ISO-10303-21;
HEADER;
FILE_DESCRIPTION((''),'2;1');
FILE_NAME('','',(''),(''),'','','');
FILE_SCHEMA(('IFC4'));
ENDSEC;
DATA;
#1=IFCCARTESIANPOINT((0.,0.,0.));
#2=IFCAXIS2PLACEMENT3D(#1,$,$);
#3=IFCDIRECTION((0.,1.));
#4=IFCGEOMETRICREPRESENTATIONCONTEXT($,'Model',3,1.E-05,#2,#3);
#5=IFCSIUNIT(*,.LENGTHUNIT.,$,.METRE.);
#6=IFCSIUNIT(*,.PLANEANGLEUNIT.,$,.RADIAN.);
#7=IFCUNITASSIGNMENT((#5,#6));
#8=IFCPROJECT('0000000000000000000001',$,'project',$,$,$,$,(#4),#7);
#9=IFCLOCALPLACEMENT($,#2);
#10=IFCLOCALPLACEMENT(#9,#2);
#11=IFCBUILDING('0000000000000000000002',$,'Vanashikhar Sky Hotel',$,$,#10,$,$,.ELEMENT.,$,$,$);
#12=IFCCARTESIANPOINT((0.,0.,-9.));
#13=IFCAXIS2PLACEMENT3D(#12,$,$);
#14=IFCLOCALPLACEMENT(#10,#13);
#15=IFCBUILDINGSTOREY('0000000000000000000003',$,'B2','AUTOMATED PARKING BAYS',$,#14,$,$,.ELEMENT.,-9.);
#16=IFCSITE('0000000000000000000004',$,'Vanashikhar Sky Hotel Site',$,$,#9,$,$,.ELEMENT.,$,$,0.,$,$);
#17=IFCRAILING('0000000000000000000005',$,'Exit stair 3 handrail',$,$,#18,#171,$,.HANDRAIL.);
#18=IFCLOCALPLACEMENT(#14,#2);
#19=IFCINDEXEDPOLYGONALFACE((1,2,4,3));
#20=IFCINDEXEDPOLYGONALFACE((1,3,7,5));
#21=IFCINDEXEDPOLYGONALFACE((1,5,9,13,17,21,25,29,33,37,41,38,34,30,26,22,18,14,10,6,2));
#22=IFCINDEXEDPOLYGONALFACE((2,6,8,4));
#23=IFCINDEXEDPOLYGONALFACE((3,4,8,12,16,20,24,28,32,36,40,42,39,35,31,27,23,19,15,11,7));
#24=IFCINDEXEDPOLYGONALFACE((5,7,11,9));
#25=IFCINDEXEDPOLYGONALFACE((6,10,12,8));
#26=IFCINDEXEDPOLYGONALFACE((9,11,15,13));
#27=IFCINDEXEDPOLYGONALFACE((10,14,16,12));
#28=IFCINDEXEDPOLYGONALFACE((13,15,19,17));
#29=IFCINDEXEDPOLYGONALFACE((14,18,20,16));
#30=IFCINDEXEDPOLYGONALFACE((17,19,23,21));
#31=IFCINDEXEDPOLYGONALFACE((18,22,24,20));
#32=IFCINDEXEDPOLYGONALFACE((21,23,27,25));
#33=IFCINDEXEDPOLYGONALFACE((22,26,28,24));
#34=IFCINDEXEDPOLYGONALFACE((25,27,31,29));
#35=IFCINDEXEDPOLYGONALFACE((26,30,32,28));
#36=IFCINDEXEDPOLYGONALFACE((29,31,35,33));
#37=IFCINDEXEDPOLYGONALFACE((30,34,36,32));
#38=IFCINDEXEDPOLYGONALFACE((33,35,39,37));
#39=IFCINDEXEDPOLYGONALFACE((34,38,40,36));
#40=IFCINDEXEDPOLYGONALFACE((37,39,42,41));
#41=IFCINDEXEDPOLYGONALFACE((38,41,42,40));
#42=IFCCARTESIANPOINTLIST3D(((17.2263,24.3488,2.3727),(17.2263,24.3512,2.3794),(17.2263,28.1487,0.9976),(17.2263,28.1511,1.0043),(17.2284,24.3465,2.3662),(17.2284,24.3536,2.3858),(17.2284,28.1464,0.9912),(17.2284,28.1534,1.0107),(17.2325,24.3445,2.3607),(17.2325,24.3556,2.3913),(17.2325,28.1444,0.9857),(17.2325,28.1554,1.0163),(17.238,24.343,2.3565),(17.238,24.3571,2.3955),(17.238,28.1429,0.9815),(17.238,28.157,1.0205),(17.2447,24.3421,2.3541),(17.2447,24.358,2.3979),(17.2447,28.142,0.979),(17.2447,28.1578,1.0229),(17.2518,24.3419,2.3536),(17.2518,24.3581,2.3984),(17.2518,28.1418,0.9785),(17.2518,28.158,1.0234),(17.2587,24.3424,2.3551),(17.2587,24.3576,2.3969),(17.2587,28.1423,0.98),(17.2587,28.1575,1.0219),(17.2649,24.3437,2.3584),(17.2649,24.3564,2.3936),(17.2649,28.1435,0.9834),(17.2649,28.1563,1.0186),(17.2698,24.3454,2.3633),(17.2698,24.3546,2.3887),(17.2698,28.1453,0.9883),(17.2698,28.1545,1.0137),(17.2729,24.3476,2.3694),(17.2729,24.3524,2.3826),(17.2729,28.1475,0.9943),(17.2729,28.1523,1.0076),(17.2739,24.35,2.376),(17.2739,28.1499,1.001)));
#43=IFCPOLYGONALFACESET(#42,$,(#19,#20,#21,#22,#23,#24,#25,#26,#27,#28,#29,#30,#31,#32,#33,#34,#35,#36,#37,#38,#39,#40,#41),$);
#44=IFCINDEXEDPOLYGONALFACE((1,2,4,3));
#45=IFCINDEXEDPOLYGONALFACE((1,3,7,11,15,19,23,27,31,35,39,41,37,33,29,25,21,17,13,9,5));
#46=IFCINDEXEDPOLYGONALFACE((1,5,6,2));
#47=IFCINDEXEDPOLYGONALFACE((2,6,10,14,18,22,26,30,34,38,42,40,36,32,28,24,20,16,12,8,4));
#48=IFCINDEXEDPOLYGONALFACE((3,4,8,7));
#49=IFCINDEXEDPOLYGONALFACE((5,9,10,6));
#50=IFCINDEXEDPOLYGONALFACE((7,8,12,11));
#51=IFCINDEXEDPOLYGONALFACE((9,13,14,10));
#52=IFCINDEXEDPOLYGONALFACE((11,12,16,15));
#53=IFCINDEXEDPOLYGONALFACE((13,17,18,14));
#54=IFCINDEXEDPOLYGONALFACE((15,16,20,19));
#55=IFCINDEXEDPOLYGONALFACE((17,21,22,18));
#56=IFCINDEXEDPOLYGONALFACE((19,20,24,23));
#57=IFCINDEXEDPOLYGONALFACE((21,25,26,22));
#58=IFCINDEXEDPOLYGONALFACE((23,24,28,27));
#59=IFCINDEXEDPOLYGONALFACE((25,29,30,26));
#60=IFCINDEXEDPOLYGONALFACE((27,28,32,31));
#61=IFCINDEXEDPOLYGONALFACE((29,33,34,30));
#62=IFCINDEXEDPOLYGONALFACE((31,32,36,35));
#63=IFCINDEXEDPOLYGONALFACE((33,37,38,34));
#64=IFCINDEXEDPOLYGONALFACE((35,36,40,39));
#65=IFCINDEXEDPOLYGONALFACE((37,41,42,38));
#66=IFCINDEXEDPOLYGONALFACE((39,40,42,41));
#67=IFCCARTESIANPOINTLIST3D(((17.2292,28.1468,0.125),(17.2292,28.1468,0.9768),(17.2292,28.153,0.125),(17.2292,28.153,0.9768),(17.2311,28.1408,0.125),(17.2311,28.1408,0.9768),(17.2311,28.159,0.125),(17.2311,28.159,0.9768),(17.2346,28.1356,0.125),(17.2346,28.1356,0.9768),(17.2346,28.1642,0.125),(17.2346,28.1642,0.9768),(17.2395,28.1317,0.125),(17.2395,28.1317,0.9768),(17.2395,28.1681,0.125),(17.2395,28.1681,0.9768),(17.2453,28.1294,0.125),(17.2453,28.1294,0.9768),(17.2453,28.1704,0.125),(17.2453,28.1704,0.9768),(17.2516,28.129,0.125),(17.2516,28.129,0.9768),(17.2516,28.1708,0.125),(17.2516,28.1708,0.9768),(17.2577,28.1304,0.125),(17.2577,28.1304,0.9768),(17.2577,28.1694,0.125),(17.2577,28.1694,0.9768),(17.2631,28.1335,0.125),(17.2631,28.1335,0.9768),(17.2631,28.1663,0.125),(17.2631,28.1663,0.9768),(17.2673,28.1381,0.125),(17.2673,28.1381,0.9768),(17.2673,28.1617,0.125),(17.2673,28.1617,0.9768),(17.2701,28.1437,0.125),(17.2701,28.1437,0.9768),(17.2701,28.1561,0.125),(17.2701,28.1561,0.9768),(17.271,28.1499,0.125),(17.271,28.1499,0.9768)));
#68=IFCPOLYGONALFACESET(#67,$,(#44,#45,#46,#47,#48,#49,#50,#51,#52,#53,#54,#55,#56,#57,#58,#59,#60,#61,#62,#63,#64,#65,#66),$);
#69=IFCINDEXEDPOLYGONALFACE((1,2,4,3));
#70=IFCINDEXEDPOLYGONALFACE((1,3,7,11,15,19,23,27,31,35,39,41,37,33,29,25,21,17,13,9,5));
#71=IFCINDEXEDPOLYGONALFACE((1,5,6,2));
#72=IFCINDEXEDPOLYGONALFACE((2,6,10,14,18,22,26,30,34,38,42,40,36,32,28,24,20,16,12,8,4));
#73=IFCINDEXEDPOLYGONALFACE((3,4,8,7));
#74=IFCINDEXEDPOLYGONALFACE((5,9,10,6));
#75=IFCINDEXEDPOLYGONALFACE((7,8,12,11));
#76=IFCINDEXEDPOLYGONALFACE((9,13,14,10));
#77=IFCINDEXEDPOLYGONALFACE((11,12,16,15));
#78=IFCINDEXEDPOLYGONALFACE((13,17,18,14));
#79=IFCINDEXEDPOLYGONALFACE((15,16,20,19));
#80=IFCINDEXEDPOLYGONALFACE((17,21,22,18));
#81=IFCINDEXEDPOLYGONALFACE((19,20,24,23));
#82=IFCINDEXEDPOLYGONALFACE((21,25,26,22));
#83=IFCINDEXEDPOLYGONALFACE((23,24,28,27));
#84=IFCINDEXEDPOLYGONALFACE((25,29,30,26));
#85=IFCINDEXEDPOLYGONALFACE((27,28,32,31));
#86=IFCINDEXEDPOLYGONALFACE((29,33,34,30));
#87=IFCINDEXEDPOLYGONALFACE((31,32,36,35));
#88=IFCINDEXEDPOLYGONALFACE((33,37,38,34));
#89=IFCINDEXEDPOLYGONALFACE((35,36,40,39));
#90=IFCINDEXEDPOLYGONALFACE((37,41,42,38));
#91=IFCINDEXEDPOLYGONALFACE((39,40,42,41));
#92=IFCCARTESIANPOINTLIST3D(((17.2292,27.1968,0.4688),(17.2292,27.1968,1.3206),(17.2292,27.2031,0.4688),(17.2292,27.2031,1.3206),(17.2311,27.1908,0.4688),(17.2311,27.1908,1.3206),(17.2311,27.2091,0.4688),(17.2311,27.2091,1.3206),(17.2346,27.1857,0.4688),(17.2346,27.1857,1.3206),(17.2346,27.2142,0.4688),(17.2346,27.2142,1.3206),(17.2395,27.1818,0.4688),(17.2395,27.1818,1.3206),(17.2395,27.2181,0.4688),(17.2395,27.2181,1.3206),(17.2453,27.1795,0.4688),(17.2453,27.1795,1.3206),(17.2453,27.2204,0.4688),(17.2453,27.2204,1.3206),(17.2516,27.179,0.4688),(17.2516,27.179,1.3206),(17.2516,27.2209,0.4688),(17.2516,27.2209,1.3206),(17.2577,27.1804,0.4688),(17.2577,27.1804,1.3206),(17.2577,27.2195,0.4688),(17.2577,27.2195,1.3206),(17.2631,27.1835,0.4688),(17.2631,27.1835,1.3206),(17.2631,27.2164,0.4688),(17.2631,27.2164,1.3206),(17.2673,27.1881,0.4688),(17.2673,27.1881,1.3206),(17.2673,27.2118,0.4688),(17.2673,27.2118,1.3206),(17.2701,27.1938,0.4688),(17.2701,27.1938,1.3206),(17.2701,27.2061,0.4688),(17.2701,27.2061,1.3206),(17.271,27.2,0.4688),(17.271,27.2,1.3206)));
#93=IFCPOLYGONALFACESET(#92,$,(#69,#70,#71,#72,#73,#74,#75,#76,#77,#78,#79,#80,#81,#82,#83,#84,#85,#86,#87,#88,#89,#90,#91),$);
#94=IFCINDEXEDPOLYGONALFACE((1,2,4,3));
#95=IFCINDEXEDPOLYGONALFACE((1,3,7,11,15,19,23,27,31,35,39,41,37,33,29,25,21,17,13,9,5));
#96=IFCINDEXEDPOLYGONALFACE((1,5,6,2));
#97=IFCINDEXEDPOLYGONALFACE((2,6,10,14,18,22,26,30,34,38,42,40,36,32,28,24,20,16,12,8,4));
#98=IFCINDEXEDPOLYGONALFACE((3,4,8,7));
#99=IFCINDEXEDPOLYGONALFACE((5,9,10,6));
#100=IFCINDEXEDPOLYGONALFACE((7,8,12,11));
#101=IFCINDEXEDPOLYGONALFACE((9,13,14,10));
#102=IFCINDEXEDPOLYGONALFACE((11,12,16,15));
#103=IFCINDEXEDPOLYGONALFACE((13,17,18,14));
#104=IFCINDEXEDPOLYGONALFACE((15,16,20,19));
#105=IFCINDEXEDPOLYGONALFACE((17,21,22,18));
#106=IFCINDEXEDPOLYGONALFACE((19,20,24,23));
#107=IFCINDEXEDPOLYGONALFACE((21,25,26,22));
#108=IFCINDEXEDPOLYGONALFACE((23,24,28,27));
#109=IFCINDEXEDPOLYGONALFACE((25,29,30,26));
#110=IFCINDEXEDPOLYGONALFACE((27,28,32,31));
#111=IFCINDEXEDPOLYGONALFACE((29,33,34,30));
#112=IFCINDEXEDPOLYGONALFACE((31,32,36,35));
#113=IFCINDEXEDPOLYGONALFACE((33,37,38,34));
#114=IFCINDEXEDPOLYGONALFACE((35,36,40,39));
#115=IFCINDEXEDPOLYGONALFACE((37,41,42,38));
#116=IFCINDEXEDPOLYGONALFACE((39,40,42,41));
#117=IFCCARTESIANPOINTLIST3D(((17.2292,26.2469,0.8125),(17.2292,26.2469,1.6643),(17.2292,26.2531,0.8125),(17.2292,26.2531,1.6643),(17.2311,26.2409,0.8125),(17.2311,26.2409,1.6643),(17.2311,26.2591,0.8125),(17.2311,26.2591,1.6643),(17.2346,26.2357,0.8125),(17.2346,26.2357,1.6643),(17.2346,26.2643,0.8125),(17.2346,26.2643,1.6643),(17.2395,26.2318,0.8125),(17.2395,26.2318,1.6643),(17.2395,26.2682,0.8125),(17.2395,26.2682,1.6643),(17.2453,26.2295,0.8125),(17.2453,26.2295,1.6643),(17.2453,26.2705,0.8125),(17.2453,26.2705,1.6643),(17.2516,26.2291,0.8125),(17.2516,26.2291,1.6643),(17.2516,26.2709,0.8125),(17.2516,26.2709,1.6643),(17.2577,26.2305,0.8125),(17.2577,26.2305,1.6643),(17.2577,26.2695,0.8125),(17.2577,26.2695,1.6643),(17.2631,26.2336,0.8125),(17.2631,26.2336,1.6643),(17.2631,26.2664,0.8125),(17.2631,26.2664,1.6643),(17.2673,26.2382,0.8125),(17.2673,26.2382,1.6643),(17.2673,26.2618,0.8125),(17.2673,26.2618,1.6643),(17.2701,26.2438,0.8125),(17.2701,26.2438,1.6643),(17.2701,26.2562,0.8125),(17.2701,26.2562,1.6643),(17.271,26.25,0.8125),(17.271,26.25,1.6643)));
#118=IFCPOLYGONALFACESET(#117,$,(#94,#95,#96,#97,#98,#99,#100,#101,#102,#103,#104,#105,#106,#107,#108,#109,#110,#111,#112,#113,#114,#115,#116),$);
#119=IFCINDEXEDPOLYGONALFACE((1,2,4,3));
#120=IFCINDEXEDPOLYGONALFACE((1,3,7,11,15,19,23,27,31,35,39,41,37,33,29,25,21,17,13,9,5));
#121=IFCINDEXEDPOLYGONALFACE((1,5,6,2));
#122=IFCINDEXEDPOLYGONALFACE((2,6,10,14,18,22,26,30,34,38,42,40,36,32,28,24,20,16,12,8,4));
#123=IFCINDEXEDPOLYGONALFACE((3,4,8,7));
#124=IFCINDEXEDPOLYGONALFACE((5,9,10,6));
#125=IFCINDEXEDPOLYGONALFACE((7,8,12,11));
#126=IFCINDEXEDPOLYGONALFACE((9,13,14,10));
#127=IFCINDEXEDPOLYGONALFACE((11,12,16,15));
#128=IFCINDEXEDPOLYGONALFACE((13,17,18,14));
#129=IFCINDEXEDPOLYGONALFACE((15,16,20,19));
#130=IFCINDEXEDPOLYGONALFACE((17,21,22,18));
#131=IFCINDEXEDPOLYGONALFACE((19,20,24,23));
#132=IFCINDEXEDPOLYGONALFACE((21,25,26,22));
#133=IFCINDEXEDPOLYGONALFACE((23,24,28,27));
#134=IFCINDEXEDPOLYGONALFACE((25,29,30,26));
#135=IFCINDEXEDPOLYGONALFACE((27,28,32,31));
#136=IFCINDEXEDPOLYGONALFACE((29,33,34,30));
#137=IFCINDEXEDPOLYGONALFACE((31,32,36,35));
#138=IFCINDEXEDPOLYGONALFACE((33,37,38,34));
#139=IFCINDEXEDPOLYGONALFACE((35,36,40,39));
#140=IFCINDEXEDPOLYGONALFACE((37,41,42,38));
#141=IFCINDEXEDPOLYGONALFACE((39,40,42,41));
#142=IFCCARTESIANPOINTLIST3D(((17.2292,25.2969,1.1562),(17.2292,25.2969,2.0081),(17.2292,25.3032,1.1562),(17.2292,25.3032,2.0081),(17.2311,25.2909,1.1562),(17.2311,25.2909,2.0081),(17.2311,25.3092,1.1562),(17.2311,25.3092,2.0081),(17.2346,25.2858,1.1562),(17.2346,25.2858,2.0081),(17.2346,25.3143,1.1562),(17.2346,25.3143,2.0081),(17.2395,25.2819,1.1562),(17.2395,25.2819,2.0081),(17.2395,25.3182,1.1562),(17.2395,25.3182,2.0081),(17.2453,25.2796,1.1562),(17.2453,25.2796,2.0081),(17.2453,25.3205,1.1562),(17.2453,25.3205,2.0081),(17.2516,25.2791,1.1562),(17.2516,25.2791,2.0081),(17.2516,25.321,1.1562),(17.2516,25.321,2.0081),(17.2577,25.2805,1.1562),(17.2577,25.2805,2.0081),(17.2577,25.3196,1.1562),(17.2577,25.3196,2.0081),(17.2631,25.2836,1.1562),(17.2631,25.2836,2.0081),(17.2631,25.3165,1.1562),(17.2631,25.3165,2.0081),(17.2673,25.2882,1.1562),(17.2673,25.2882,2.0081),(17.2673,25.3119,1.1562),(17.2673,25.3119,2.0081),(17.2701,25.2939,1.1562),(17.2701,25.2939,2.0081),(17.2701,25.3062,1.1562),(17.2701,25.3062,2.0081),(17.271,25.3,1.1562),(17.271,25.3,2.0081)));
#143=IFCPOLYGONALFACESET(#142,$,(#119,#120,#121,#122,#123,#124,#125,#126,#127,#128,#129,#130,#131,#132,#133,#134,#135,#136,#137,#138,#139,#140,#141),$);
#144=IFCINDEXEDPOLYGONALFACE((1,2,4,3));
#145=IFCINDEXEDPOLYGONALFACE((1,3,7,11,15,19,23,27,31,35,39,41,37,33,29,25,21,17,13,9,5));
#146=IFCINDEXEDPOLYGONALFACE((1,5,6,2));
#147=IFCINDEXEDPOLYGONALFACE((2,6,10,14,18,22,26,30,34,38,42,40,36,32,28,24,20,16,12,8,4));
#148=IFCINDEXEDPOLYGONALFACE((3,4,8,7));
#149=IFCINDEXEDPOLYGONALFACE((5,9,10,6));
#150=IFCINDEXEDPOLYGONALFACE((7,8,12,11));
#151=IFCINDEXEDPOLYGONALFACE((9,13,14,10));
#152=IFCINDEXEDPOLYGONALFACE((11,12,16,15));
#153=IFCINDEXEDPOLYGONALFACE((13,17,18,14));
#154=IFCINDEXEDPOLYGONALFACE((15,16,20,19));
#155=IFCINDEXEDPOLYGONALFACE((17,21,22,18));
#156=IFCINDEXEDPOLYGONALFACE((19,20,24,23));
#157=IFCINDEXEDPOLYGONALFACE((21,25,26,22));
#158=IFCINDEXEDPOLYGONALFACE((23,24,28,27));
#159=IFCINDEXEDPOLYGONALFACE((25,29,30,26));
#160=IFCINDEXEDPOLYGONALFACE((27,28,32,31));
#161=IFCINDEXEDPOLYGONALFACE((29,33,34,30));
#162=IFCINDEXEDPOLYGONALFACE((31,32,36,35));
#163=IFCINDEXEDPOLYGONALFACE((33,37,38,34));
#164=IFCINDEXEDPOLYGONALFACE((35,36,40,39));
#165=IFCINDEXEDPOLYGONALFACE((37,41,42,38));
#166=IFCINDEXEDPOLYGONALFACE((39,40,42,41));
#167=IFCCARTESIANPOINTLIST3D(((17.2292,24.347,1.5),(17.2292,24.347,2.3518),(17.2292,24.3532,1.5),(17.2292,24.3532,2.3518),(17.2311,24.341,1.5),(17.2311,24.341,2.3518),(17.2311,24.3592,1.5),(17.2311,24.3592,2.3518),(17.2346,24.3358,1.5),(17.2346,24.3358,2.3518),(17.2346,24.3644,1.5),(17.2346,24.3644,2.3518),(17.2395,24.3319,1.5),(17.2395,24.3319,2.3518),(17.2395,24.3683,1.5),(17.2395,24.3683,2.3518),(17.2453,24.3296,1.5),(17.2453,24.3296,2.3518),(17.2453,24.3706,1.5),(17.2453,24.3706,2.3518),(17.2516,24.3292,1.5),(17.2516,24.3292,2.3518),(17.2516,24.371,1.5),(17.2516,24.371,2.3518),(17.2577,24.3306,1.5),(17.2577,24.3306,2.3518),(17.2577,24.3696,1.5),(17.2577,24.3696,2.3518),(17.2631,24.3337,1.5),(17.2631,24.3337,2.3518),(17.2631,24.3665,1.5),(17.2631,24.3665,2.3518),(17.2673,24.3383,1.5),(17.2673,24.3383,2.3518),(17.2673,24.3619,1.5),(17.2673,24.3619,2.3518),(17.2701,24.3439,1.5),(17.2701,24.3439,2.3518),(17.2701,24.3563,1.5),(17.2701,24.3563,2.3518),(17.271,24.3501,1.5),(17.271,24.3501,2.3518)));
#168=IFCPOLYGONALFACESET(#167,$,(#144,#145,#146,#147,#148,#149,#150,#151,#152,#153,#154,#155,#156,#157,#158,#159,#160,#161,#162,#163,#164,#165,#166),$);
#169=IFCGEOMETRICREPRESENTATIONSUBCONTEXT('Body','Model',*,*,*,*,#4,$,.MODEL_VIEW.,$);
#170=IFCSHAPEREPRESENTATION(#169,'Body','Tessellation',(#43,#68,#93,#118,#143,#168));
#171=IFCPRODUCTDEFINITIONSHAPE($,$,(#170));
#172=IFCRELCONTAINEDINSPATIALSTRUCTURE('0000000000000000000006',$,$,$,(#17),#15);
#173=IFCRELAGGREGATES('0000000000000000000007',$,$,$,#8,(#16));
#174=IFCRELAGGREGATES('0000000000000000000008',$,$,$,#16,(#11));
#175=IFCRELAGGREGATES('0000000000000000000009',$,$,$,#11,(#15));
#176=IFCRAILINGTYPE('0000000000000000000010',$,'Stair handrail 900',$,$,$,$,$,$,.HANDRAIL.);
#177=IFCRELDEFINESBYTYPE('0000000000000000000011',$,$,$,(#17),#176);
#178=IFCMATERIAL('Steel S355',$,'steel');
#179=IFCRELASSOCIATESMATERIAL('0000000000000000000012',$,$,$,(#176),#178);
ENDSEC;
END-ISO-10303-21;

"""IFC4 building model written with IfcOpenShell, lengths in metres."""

from ifc_helpers import new_model, si_unit, direction, frame, origin, origin_2d, place, context, subcontext, project, spatial, circle, extrude, source, transform, mapped, material, type_object, element, save


model = new_model("IFC4")

# Units and contexts
model_context = context("Model", 3, precision=1e-05, world=origin(), true_north=direction((0.0, 1.0)))
body_context = subcontext(model_context, "Body", "Model", "MODEL_VIEW")
ifc_project = project(units=[si_unit("LENGTHUNIT", "METRE"), si_unit("PLANEANGLEUNIT", "RADIAN")], contexts=[model_context])

# Site, building, storey
site_placement = place(None, origin())
site = spatial("IfcSite", under=ifc_project, at=site_placement, Name="Vanashikhar Sky Hotel Site", CompositionType="ELEMENT", RefElevation=0.0)
building_placement = place(site_placement, origin())
building = spatial("IfcBuilding", under=site, at=building_placement, Name="Vanashikhar Sky Hotel", CompositionType="ELEMENT")
storey_placement = place(building_placement, frame((0.0, 0.0, -9.0)))
storey = spatial("IfcBuildingStorey", under=building, at=storey_placement, Name="B2", Description="AUTOMATED PARKING BAYS", CompositionType="ELEMENT", Elevation=-9.0)

# Shared definitions
ifc_material_1 = material(Name="Steel S355", Category="steel")

# Railing
railing_type_1 = type_object("IfcRailingType", Name="Stair handrail 900", PredefinedType="HANDRAIL", material=ifc_material_1)
shared_shape_1 = source(origin(), body_context, "Body", "SweptSolid", [
    extrude(circle(Radius=0.0239, at=origin_2d()), frame((0.0, 0.0, 0.876), z_axis=(0.0, -0.940329, 0.340268), x_axis=(1.0, 0.0, 0.0)), (0.0, 0.0, 1.0), 4.041),
    extrude(circle(Radius=0.021, at=origin_2d()), origin(), (0.0, 0.0, 1.0), 0.8518),
    extrude(circle(Radius=0.021, at=origin_2d()), frame((0.0, -0.95, 0.3438)), (0.0, 0.0, 1.0), 0.8518),
    extrude(circle(Radius=0.021, at=origin_2d()), frame((0.0, -1.8999, 0.6875)), (0.0, 0.0, 1.0), 0.8518),
    extrude(circle(Radius=0.021, at=origin_2d()), frame((0.0, -2.8499, 1.0312)), (0.0, 0.0, 1.0), 0.8518),
    extrude(circle(Radius=0.021, at=origin_2d()), frame((0.0, -3.7998, 1.375)), (0.0, 0.0, 1.0), 0.8518),
])
for number, where, name in (
    (1, (17.25, 28.1499, 0.125), "Exit stair 3 handrail"),
):
    element("IfcRailing", number, at=place(storey_placement, frame(where)), inside=storey, type_object=railing_type_1, Name=name, PredefinedType="HANDRAIL", context=body_context, shape_type="MappedRepresentation", body=[
        mapped(shared_shape_1, transform((0.0, 0.0, 0.0), scale=1.0)),
    ])

save(model, "model.ifc")
